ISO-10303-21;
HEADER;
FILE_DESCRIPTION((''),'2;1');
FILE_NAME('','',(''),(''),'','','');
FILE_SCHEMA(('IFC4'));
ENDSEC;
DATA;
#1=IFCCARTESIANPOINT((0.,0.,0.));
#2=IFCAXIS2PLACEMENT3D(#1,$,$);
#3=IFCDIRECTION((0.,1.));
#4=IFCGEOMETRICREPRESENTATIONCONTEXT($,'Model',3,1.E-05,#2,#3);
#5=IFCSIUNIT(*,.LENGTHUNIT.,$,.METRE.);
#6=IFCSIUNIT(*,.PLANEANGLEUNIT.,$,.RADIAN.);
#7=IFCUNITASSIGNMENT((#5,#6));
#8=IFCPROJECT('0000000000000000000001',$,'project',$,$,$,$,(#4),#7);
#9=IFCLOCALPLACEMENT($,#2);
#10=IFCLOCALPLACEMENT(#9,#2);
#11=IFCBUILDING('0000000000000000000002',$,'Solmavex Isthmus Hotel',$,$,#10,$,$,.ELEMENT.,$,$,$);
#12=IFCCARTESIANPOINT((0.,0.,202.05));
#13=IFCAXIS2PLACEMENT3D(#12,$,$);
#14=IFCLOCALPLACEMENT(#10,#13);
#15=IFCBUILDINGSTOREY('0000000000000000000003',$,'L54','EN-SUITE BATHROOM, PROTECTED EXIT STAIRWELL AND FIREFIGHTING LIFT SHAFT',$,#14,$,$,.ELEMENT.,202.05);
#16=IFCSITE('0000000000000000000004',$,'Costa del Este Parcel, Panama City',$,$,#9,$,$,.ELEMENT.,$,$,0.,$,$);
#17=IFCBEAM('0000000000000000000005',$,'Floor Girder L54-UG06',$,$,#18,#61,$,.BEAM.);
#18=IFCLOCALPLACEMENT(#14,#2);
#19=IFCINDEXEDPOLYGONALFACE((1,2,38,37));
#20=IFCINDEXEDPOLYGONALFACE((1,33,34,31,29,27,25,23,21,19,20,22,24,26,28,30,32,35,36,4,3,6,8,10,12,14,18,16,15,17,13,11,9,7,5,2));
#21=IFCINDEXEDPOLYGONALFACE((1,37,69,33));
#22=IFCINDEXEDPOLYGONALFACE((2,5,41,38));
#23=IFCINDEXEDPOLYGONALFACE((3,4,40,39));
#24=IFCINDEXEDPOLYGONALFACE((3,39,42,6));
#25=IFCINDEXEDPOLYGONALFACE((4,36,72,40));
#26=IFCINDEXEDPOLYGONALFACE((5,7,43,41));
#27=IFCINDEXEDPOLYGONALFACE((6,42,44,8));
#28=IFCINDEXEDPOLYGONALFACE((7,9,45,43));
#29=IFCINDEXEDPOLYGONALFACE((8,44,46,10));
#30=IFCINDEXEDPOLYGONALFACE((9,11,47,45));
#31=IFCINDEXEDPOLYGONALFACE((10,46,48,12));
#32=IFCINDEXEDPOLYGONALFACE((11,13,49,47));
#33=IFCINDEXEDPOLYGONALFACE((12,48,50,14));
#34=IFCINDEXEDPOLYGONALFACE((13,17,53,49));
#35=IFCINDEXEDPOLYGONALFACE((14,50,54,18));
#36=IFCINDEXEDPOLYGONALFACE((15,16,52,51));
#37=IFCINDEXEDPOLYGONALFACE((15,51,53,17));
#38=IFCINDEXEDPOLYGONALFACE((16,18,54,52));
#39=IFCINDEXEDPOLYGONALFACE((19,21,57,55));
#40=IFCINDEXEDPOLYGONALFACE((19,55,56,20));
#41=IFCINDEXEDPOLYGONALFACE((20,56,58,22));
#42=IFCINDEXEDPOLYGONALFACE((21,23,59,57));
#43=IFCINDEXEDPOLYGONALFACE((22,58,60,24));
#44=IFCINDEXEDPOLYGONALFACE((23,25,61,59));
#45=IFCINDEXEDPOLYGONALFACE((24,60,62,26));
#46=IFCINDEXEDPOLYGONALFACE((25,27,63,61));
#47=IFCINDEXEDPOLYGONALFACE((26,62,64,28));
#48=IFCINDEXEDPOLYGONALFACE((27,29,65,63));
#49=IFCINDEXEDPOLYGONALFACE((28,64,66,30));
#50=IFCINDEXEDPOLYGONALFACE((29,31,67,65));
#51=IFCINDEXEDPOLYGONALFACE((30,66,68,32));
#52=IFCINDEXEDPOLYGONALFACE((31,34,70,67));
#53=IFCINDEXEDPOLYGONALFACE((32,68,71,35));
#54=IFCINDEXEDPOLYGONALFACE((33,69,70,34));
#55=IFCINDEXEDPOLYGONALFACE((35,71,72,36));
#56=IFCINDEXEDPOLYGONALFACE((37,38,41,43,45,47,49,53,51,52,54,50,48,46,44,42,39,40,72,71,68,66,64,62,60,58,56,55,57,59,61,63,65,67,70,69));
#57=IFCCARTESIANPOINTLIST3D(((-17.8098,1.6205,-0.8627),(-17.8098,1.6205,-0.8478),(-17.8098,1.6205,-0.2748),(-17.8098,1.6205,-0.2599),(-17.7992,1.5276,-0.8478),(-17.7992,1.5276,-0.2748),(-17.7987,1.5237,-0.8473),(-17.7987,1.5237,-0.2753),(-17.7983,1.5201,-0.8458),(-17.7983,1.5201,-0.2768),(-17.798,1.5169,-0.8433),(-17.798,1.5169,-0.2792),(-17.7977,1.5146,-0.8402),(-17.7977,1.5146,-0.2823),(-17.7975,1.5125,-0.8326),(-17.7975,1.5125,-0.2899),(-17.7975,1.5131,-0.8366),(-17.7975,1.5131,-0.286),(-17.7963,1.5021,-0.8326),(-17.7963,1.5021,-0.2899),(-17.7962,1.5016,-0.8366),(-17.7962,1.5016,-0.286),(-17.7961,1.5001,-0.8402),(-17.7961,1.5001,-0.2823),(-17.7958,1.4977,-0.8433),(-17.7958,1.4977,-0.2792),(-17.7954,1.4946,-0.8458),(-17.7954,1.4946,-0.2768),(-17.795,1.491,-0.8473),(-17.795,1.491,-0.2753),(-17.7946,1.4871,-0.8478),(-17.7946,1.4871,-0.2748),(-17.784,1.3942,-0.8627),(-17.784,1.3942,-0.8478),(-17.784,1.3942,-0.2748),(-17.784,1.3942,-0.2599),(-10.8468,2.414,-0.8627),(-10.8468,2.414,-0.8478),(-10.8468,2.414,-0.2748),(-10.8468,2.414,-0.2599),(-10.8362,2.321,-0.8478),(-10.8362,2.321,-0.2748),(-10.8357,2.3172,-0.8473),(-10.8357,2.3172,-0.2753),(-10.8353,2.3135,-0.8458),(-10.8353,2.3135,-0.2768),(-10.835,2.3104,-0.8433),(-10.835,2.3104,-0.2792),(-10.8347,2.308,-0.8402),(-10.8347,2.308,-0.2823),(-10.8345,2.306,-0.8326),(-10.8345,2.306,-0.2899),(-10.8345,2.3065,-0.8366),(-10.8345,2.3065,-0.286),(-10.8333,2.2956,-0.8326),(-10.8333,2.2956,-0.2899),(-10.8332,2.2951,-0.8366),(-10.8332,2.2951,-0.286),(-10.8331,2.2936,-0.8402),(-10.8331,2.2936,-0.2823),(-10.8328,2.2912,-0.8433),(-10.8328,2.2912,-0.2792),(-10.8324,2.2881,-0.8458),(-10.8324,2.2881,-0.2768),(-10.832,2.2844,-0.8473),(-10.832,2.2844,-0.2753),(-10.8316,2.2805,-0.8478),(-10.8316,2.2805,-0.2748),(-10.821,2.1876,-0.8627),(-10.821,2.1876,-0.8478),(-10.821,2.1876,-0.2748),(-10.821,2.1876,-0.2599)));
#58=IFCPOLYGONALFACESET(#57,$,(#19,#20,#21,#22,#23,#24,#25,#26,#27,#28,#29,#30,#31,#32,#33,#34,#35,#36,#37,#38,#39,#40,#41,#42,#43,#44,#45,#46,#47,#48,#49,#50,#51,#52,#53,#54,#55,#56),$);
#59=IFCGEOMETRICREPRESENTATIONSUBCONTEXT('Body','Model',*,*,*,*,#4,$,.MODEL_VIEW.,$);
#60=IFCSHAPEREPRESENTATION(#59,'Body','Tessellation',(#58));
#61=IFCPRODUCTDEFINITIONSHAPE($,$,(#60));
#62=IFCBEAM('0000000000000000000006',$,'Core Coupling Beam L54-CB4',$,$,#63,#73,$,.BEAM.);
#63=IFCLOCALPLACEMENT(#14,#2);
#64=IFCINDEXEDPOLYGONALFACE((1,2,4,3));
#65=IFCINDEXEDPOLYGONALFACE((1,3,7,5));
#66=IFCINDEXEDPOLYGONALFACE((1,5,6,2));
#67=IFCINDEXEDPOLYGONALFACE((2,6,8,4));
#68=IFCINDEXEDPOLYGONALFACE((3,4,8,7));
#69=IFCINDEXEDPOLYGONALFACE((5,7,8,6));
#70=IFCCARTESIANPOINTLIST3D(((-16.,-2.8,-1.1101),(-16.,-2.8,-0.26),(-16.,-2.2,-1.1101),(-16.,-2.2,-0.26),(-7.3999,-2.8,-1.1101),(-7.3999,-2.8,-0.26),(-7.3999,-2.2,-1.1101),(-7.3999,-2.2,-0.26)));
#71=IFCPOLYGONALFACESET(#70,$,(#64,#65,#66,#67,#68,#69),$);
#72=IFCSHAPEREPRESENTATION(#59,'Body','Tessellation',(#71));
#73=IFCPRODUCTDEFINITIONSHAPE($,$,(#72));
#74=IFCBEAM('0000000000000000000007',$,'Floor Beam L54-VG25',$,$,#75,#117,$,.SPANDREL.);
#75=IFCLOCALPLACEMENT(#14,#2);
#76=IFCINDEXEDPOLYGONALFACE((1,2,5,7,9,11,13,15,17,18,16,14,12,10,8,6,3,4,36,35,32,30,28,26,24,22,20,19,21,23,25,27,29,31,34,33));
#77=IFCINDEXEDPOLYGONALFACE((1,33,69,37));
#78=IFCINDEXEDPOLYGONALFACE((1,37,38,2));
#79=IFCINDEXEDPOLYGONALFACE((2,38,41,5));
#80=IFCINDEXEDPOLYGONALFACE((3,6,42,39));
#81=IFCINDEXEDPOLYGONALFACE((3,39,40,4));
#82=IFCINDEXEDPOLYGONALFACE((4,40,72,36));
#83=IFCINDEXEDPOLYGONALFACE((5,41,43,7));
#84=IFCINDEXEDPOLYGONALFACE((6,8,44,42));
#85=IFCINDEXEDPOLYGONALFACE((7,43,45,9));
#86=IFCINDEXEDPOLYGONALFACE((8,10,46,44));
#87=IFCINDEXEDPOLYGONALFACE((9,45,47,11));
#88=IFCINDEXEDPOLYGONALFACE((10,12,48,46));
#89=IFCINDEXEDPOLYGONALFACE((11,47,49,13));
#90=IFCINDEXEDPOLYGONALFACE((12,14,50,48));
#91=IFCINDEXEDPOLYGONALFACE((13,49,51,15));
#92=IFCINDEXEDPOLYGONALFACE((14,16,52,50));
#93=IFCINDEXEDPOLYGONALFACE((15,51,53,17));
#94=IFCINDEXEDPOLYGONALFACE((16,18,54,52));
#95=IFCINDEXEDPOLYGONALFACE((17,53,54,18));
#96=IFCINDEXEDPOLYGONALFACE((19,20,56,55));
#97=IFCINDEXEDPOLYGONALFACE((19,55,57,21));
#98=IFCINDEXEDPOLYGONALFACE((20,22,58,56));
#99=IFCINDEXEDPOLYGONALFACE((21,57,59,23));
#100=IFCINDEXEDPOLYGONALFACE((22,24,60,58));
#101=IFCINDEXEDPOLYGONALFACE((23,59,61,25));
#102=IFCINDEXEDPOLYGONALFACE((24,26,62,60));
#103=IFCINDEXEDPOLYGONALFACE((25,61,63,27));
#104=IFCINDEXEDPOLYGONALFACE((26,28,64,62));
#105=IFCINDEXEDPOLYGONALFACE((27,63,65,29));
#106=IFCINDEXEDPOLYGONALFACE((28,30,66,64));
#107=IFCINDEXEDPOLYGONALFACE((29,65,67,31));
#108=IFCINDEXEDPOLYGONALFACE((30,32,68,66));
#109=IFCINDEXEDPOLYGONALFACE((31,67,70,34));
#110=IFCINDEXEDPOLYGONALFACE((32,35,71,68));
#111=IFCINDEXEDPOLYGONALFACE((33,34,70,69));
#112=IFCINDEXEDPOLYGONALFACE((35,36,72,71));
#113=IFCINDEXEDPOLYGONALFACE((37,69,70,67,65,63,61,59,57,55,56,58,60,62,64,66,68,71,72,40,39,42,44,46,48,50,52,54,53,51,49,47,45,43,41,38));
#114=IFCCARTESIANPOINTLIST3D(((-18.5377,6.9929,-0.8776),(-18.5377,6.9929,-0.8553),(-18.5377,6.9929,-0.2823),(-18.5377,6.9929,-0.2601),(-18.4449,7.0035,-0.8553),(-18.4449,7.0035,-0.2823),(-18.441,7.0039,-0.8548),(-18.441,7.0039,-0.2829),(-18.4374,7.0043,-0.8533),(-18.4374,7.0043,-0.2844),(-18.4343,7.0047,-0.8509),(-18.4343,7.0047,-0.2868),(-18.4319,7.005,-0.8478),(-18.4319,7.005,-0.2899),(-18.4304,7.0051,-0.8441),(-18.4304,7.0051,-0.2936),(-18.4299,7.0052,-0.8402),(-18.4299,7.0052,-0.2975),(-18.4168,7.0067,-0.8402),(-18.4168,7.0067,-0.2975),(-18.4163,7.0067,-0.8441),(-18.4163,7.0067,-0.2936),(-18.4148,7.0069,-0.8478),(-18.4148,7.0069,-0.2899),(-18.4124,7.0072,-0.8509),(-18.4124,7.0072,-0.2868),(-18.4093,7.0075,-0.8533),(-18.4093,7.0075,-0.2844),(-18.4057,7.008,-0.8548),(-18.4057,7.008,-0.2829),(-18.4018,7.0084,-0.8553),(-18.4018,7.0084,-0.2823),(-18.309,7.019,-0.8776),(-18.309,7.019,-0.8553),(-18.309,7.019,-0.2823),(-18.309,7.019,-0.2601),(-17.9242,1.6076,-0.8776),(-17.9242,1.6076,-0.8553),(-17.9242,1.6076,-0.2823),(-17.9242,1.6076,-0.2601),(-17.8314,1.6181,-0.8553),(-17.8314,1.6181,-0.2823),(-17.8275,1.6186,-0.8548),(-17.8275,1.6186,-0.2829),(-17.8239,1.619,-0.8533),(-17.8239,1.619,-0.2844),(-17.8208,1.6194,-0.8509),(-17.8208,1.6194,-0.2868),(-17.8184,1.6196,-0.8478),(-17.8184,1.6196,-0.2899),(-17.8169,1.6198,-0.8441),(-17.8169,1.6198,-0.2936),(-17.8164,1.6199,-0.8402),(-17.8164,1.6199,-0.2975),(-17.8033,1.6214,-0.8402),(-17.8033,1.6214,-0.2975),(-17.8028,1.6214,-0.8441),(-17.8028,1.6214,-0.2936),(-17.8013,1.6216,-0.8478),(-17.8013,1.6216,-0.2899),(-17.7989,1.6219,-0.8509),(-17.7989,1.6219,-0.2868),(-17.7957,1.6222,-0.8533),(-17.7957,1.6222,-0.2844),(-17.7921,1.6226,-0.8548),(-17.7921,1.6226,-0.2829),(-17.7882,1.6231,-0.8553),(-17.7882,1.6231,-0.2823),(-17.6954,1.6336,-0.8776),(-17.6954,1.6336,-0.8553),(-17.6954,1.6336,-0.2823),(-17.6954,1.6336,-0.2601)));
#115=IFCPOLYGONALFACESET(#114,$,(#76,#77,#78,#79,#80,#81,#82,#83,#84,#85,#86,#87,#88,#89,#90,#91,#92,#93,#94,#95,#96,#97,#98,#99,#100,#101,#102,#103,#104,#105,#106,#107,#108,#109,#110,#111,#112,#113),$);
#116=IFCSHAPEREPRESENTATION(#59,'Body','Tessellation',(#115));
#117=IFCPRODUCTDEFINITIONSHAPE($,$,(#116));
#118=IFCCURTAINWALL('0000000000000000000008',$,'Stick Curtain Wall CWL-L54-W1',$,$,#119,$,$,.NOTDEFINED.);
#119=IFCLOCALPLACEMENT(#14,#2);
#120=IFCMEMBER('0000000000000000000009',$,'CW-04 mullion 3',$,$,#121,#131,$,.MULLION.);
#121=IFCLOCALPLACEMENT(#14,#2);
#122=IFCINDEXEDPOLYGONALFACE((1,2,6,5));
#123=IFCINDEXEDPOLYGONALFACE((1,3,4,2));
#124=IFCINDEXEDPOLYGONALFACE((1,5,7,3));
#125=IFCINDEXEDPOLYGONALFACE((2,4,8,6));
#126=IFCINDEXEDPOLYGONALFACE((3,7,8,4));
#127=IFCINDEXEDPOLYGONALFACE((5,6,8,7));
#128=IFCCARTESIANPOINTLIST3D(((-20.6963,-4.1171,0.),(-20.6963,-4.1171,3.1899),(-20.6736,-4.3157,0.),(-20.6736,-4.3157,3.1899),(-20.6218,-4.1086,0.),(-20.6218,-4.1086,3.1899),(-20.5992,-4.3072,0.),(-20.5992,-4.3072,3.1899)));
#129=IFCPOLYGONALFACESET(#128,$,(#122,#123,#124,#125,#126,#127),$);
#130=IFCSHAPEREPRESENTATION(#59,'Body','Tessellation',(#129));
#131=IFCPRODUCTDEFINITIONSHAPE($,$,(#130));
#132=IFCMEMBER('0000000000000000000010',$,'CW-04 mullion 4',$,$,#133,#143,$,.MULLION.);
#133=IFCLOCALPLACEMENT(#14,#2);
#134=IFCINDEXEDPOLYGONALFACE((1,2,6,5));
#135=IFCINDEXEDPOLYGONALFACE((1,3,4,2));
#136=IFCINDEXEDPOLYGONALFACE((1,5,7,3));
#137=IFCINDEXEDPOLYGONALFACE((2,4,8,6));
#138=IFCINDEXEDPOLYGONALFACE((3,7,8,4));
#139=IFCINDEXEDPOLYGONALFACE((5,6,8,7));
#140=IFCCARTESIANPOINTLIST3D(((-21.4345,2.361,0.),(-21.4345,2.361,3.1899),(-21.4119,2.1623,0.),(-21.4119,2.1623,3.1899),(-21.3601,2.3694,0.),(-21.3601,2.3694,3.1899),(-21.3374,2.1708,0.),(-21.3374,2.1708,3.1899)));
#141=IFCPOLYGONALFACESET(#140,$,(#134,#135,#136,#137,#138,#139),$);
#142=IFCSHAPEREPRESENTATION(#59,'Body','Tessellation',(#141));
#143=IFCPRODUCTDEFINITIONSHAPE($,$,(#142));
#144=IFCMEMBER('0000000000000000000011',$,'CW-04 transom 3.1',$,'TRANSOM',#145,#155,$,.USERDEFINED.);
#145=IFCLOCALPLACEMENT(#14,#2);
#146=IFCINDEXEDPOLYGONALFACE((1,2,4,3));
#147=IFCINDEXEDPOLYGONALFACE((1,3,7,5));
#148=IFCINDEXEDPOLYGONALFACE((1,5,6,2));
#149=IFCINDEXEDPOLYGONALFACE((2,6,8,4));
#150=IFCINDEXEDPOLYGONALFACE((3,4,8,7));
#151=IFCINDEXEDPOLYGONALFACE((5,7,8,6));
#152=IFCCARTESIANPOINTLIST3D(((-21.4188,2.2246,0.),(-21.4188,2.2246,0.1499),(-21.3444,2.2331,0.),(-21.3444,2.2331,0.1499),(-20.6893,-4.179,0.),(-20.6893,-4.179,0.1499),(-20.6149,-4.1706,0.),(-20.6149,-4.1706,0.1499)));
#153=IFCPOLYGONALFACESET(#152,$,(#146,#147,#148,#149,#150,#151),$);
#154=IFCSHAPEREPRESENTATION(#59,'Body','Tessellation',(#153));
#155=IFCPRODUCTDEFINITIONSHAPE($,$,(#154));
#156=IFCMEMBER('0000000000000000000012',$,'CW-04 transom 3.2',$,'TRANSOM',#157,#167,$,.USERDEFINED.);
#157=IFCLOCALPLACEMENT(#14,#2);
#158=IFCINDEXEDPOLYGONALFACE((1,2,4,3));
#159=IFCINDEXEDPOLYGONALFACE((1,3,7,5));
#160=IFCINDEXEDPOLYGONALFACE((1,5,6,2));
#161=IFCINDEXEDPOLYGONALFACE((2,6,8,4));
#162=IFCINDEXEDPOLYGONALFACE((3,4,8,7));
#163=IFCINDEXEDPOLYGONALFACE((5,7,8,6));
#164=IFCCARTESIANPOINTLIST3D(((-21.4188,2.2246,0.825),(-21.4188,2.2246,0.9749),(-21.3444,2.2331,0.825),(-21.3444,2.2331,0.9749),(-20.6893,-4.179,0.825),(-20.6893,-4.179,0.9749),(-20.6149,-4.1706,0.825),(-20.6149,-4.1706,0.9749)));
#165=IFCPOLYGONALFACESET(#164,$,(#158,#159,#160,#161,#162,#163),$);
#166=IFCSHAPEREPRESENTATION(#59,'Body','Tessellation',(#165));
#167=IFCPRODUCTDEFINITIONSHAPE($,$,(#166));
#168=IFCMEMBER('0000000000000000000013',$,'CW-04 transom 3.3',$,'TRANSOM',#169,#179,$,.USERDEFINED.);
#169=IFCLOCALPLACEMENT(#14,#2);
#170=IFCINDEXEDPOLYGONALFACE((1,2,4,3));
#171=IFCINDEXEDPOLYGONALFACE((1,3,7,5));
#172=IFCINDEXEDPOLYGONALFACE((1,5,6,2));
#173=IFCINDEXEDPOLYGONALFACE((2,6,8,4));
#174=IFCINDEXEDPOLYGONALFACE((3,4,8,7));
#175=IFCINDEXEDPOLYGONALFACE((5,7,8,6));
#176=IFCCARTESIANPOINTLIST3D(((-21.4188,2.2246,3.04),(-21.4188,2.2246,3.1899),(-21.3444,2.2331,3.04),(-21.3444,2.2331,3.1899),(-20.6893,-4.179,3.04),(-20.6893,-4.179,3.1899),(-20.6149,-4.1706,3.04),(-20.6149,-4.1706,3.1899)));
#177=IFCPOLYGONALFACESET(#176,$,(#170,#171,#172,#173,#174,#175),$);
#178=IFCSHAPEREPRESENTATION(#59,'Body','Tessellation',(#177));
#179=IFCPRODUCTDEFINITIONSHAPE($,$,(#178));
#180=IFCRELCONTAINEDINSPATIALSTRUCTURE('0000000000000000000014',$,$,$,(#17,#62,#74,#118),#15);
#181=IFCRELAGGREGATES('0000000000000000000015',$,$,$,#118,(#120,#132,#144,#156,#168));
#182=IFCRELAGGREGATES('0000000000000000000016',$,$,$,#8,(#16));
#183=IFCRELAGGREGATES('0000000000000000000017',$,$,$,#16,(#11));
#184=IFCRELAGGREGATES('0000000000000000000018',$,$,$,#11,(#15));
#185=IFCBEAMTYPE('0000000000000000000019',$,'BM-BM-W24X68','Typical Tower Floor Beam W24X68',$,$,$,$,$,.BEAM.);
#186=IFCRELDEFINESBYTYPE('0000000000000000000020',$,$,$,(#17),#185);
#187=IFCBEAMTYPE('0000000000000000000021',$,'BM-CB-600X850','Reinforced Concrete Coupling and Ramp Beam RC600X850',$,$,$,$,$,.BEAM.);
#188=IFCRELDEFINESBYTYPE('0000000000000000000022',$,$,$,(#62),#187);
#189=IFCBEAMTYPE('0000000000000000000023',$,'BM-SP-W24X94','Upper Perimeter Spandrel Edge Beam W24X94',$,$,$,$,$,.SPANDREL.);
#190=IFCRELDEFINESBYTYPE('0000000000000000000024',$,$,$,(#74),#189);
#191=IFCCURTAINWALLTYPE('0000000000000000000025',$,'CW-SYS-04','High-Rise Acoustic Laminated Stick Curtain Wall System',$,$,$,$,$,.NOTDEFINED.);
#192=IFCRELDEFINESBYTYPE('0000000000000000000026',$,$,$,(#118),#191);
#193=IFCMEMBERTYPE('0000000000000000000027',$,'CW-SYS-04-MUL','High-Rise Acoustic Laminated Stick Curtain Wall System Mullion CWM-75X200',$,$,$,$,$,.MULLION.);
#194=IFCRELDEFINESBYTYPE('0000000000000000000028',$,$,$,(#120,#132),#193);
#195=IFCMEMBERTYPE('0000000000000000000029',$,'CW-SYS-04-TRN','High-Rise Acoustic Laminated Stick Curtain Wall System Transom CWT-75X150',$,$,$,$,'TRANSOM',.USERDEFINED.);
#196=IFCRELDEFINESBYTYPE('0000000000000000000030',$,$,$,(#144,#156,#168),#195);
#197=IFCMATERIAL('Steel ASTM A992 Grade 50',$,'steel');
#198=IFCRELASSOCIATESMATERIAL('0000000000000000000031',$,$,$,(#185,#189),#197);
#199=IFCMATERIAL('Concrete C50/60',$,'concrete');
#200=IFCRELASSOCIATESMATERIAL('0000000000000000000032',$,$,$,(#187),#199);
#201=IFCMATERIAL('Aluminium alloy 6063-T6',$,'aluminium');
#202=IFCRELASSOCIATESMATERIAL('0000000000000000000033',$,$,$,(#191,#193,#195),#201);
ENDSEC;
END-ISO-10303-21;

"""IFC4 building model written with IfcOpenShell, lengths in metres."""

from ifc_helpers import new_model, si_unit, direction, frame, origin, origin_2d, place, context, subcontext, project, spatial, rectangle, i_section, extrude, material, material_profile, profile_set, type_object, element, aggregate, save


model = new_model("IFC4")

# Units and contexts
model_context = context("Model", 3, precision=1e-05, world=origin(), true_north=direction((0.0, 1.0)))
body_context = subcontext(model_context, "Body", "Model", "MODEL_VIEW")
ifc_project = project(units=[si_unit("LENGTHUNIT", "METRE"), si_unit("PLANEANGLEUNIT", "RADIAN")], contexts=[model_context])

# Site, building, storey
site_placement = place(None, origin())
site = spatial("IfcSite", under=ifc_project, at=site_placement, Name="Costa del Este Parcel, Panama City", CompositionType="ELEMENT", RefElevation=0.0)
building_placement = place(site_placement, origin())
building = spatial("IfcBuilding", under=site, at=building_placement, Name="Solmavex Isthmus Hotel", CompositionType="ELEMENT")
storey_placement = place(building_placement, frame((0.0, 0.0, 202.05)))
storey = spatial("IfcBuildingStorey", under=building, at=storey_placement, Name="L54", Description="EN-SUITE BATHROOM, PROTECTED EXIT STAIRWELL AND FIREFIGHTING LIFT SHAFT", CompositionType="ELEMENT", Elevation=202.05)

# Shared definitions
ifc_material_1 = material(Name="Concrete C50/60", Category="concrete")

# Beams
ifc_material_2 = material(Name="Steel ASTM A992 Grade 50", Category="steel")
ifc_material_profile_1 = material_profile(ifc_material_2, i_section(OverallWidth=0.2278, OverallDepth=0.6028, WebThickness=0.0105, FlangeThickness=0.0149, FilletRadius=0.0151, at=origin_2d()), Name="W24X68")
ifc_profile_set_1 = profile_set([ifc_material_profile_1], Name="Steel ASTM A992 Grade 50")
beam_type_1 = type_object("IfcBeamType", Name="BM-BM-W24X68", Description="Typical Tower Floor Beam W24X68", PredefinedType="BEAM", material=ifc_profile_set_1)
beam_1_placement = place(storey_placement, frame((-17.7969, 1.5073, -0.5613), z_axis=(0.99357, 0.113222, 0.0), x_axis=(-0.113222, 0.99357, 0.0)))
element("IfcBeam", 1, at=beam_1_placement, inside=storey, type_object=beam_type_1, Name="Floor Girder L54-UG06", PredefinedType="BEAM", context=body_context, shape_type="SweptSolid", body=[
    extrude(i_section(OverallWidth=0.2278, OverallDepth=0.6028, WebThickness=0.0105, FlangeThickness=0.0149, FilletRadius=0.0151, at=origin_2d()), origin(), (0.0, 0.0, 1.0), 7.0081),
])
ifc_material_profile_2 = material_profile(ifc_material_1, rectangle(XDim=0.6001, YDim=0.8501, at=origin_2d()), Name="RC600X850")
ifc_profile_set_2 = profile_set([ifc_material_profile_2], Name="Concrete C50/60")
beam_type_2 = type_object("IfcBeamType", Name="BM-CB-600X850", Description="Reinforced Concrete Coupling and Ramp Beam RC600X850", PredefinedType="BEAM", material=ifc_profile_set_2)
beam_2_placement = place(storey_placement, frame((-16.0, -2.5, -0.6851), z_axis=(1.0, 0.0, 0.0), x_axis=(0.0, 1.0, 0.0)))
element("IfcBeam", 2, at=beam_2_placement, inside=storey, type_object=beam_type_2, Name="Core Coupling Beam L54-CB4", PredefinedType="BEAM", context=body_context, shape_type="SweptSolid", body=[
    extrude(rectangle(XDim=0.6001, YDim=0.8501, at=origin_2d()), origin(), (0.0, 0.0, 1.0), 8.6001),
])
ifc_material_profile_3 = material_profile(ifc_material_2, i_section(OverallWidth=0.2302, OverallDepth=0.6174, WebThickness=0.0132, FlangeThickness=0.0222, FilletRadius=0.0151, at=origin_2d()), Name="W24X94")
ifc_profile_set_3 = profile_set([ifc_material_profile_3], Name="Steel ASTM A992 Grade 50")
beam_type_3 = type_object("IfcBeamType", Name="BM-SP-W24X94", Description="Upper Perimeter Spandrel Edge Beam W24X94", PredefinedType="SPANDREL", material=ifc_profile_set_3)
beam_3_placement = place(storey_placement, frame((-17.8098, 1.6206, -0.5688), z_axis=(-0.113195, 0.993573, 0.0), x_axis=(-0.993573, -0.113195, 0.0)))
element("IfcBeam", 3, at=beam_3_placement, inside=storey, type_object=beam_type_3, Name="Floor Beam L54-VG25", PredefinedType="SPANDREL", context=body_context, shape_type="SweptSolid", body=[
    extrude(i_section(OverallWidth=0.2302, OverallDepth=0.6174, WebThickness=0.0132, FlangeThickness=0.0222, FilletRadius=0.0151, at=origin_2d()), origin(), (0.0, 0.0, 1.0), 5.4202),
])

# Curtain wall, members
ifc_material_3 = material(Name="Aluminium alloy 6063-T6", Category="aluminium")
curtain_wall_type = type_object("IfcCurtainWallType", Name="CW-SYS-04", Description="High-Rise Acoustic Laminated Stick Curtain Wall System", PredefinedType="NOTDEFINED", material=ifc_material_3)
curtain_wall_placement = place(storey_placement, origin())
curtain_wall = element("IfcCurtainWall", 4, at=curtain_wall_placement, inside=storey, type_object=curtain_wall_type, Name="Stick Curtain Wall CWL-L54-W1", PredefinedType="NOTDEFINED")
ifc_material_profile_4 = material_profile(ifc_material_3, rectangle(XDim=0.075, YDim=0.2, at=origin_2d()), Name="CWM-75X200")
ifc_profile_set_4 = profile_set([ifc_material_profile_4], Name="Aluminium alloy 6063-T6")
member_type_1 = type_object("IfcMemberType", Name="CW-SYS-04-MUL", Description="High-Rise Acoustic Laminated Stick Curtain Wall System Mullion CWM-75X200", PredefinedType="MULLION", material=ifc_profile_set_4)
member_1_placement = place(storey_placement, frame((-20.6477, -4.2122, 0.0), z_axis=(0.0, 0.0, 1.0), x_axis=(-0.993572, -0.113203, 0.0)))
member_1 = element("IfcMember", 5, at=member_1_placement, type_object=member_type_1, Name="CW-04 mullion 3", PredefinedType="MULLION", context=body_context, shape_type="SweptSolid", body=[
    extrude(rectangle(XDim=0.075, YDim=0.2, at=origin_2d()), origin(), (0.0, 0.0, 1.0), 3.1899),
])
member_2_placement = place(storey_placement, frame((-21.386, 2.2659, 0.0), z_axis=(0.0, 0.0, 1.0), x_axis=(-0.993572, -0.113203, 0.0)))
member_2 = element("IfcMember", 6, at=member_2_placement, type_object=member_type_1, Name="CW-04 mullion 4", PredefinedType="MULLION", context=body_context, shape_type="SweptSolid", body=[
    extrude(rectangle(XDim=0.075, YDim=0.2, at=origin_2d()), origin(), (0.0, 0.0, 1.0), 3.1899),
])
ifc_material_profile_5 = material_profile(ifc_material_3, rectangle(XDim=0.075, YDim=0.1499, at=origin_2d()), Name="CWT-75X150")
ifc_profile_set_5 = profile_set([ifc_material_profile_5], Name="Aluminium alloy 6063-T6")
member_type_2 = type_object("IfcMemberType", Name="CW-SYS-04-TRN", Description="High-Rise Acoustic Laminated Stick Curtain Wall System Transom CWT-75X150", ElementType="TRANSOM", PredefinedType="USERDEFINED", material=ifc_profile_set_5)
member_3_placement = place(storey_placement, frame((-20.6521, -4.1748, 0.075), z_axis=(-0.113188, 0.993574, 0.0), x_axis=(-0.993574, -0.113188, 0.0)))
member_3 = element("IfcMember", 7, at=member_3_placement, type_object=member_type_2, Name="CW-04 transom 3.1", ObjectType="TRANSOM", PredefinedType="USERDEFINED", context=body_context, shape_type="SweptSolid", body=[
    extrude(rectangle(XDim=0.075, YDim=0.1499, at=origin_2d()), origin(), (0.0, 0.0, 1.0), 6.4451),
])
member_4_placement = place(storey_placement, frame((-20.6521, -4.1748, 0.8999), z_axis=(-0.113188, 0.993574, 0.0), x_axis=(-0.993574, -0.113188, 0.0)))
member_4 = element("IfcMember", 8, at=member_4_placement, type_object=member_type_2, Name="CW-04 transom 3.2", ObjectType="TRANSOM", PredefinedType="USERDEFINED", context=body_context, shape_type="SweptSolid", body=[
    extrude(rectangle(XDim=0.075, YDim=0.1499, at=origin_2d()), origin(), (0.0, 0.0, 1.0), 6.4451),
])
member_5_placement = place(storey_placement, frame((-20.6521, -4.1748, 3.115), z_axis=(-0.113188, 0.993574, 0.0), x_axis=(-0.993574, -0.113188, 0.0)))
member_5 = element("IfcMember", 9, at=member_5_placement, type_object=member_type_2, Name="CW-04 transom 3.3", ObjectType="TRANSOM", PredefinedType="USERDEFINED", context=body_context, shape_type="SweptSolid", body=[
    extrude(rectangle(XDim=0.075, YDim=0.1499, at=origin_2d()), origin(), (0.0, 0.0, 1.0), 6.4451),
])
aggregate(curtain_wall, [member_1, member_2, member_3, member_4, member_5])

save(model, "model.ifc")
